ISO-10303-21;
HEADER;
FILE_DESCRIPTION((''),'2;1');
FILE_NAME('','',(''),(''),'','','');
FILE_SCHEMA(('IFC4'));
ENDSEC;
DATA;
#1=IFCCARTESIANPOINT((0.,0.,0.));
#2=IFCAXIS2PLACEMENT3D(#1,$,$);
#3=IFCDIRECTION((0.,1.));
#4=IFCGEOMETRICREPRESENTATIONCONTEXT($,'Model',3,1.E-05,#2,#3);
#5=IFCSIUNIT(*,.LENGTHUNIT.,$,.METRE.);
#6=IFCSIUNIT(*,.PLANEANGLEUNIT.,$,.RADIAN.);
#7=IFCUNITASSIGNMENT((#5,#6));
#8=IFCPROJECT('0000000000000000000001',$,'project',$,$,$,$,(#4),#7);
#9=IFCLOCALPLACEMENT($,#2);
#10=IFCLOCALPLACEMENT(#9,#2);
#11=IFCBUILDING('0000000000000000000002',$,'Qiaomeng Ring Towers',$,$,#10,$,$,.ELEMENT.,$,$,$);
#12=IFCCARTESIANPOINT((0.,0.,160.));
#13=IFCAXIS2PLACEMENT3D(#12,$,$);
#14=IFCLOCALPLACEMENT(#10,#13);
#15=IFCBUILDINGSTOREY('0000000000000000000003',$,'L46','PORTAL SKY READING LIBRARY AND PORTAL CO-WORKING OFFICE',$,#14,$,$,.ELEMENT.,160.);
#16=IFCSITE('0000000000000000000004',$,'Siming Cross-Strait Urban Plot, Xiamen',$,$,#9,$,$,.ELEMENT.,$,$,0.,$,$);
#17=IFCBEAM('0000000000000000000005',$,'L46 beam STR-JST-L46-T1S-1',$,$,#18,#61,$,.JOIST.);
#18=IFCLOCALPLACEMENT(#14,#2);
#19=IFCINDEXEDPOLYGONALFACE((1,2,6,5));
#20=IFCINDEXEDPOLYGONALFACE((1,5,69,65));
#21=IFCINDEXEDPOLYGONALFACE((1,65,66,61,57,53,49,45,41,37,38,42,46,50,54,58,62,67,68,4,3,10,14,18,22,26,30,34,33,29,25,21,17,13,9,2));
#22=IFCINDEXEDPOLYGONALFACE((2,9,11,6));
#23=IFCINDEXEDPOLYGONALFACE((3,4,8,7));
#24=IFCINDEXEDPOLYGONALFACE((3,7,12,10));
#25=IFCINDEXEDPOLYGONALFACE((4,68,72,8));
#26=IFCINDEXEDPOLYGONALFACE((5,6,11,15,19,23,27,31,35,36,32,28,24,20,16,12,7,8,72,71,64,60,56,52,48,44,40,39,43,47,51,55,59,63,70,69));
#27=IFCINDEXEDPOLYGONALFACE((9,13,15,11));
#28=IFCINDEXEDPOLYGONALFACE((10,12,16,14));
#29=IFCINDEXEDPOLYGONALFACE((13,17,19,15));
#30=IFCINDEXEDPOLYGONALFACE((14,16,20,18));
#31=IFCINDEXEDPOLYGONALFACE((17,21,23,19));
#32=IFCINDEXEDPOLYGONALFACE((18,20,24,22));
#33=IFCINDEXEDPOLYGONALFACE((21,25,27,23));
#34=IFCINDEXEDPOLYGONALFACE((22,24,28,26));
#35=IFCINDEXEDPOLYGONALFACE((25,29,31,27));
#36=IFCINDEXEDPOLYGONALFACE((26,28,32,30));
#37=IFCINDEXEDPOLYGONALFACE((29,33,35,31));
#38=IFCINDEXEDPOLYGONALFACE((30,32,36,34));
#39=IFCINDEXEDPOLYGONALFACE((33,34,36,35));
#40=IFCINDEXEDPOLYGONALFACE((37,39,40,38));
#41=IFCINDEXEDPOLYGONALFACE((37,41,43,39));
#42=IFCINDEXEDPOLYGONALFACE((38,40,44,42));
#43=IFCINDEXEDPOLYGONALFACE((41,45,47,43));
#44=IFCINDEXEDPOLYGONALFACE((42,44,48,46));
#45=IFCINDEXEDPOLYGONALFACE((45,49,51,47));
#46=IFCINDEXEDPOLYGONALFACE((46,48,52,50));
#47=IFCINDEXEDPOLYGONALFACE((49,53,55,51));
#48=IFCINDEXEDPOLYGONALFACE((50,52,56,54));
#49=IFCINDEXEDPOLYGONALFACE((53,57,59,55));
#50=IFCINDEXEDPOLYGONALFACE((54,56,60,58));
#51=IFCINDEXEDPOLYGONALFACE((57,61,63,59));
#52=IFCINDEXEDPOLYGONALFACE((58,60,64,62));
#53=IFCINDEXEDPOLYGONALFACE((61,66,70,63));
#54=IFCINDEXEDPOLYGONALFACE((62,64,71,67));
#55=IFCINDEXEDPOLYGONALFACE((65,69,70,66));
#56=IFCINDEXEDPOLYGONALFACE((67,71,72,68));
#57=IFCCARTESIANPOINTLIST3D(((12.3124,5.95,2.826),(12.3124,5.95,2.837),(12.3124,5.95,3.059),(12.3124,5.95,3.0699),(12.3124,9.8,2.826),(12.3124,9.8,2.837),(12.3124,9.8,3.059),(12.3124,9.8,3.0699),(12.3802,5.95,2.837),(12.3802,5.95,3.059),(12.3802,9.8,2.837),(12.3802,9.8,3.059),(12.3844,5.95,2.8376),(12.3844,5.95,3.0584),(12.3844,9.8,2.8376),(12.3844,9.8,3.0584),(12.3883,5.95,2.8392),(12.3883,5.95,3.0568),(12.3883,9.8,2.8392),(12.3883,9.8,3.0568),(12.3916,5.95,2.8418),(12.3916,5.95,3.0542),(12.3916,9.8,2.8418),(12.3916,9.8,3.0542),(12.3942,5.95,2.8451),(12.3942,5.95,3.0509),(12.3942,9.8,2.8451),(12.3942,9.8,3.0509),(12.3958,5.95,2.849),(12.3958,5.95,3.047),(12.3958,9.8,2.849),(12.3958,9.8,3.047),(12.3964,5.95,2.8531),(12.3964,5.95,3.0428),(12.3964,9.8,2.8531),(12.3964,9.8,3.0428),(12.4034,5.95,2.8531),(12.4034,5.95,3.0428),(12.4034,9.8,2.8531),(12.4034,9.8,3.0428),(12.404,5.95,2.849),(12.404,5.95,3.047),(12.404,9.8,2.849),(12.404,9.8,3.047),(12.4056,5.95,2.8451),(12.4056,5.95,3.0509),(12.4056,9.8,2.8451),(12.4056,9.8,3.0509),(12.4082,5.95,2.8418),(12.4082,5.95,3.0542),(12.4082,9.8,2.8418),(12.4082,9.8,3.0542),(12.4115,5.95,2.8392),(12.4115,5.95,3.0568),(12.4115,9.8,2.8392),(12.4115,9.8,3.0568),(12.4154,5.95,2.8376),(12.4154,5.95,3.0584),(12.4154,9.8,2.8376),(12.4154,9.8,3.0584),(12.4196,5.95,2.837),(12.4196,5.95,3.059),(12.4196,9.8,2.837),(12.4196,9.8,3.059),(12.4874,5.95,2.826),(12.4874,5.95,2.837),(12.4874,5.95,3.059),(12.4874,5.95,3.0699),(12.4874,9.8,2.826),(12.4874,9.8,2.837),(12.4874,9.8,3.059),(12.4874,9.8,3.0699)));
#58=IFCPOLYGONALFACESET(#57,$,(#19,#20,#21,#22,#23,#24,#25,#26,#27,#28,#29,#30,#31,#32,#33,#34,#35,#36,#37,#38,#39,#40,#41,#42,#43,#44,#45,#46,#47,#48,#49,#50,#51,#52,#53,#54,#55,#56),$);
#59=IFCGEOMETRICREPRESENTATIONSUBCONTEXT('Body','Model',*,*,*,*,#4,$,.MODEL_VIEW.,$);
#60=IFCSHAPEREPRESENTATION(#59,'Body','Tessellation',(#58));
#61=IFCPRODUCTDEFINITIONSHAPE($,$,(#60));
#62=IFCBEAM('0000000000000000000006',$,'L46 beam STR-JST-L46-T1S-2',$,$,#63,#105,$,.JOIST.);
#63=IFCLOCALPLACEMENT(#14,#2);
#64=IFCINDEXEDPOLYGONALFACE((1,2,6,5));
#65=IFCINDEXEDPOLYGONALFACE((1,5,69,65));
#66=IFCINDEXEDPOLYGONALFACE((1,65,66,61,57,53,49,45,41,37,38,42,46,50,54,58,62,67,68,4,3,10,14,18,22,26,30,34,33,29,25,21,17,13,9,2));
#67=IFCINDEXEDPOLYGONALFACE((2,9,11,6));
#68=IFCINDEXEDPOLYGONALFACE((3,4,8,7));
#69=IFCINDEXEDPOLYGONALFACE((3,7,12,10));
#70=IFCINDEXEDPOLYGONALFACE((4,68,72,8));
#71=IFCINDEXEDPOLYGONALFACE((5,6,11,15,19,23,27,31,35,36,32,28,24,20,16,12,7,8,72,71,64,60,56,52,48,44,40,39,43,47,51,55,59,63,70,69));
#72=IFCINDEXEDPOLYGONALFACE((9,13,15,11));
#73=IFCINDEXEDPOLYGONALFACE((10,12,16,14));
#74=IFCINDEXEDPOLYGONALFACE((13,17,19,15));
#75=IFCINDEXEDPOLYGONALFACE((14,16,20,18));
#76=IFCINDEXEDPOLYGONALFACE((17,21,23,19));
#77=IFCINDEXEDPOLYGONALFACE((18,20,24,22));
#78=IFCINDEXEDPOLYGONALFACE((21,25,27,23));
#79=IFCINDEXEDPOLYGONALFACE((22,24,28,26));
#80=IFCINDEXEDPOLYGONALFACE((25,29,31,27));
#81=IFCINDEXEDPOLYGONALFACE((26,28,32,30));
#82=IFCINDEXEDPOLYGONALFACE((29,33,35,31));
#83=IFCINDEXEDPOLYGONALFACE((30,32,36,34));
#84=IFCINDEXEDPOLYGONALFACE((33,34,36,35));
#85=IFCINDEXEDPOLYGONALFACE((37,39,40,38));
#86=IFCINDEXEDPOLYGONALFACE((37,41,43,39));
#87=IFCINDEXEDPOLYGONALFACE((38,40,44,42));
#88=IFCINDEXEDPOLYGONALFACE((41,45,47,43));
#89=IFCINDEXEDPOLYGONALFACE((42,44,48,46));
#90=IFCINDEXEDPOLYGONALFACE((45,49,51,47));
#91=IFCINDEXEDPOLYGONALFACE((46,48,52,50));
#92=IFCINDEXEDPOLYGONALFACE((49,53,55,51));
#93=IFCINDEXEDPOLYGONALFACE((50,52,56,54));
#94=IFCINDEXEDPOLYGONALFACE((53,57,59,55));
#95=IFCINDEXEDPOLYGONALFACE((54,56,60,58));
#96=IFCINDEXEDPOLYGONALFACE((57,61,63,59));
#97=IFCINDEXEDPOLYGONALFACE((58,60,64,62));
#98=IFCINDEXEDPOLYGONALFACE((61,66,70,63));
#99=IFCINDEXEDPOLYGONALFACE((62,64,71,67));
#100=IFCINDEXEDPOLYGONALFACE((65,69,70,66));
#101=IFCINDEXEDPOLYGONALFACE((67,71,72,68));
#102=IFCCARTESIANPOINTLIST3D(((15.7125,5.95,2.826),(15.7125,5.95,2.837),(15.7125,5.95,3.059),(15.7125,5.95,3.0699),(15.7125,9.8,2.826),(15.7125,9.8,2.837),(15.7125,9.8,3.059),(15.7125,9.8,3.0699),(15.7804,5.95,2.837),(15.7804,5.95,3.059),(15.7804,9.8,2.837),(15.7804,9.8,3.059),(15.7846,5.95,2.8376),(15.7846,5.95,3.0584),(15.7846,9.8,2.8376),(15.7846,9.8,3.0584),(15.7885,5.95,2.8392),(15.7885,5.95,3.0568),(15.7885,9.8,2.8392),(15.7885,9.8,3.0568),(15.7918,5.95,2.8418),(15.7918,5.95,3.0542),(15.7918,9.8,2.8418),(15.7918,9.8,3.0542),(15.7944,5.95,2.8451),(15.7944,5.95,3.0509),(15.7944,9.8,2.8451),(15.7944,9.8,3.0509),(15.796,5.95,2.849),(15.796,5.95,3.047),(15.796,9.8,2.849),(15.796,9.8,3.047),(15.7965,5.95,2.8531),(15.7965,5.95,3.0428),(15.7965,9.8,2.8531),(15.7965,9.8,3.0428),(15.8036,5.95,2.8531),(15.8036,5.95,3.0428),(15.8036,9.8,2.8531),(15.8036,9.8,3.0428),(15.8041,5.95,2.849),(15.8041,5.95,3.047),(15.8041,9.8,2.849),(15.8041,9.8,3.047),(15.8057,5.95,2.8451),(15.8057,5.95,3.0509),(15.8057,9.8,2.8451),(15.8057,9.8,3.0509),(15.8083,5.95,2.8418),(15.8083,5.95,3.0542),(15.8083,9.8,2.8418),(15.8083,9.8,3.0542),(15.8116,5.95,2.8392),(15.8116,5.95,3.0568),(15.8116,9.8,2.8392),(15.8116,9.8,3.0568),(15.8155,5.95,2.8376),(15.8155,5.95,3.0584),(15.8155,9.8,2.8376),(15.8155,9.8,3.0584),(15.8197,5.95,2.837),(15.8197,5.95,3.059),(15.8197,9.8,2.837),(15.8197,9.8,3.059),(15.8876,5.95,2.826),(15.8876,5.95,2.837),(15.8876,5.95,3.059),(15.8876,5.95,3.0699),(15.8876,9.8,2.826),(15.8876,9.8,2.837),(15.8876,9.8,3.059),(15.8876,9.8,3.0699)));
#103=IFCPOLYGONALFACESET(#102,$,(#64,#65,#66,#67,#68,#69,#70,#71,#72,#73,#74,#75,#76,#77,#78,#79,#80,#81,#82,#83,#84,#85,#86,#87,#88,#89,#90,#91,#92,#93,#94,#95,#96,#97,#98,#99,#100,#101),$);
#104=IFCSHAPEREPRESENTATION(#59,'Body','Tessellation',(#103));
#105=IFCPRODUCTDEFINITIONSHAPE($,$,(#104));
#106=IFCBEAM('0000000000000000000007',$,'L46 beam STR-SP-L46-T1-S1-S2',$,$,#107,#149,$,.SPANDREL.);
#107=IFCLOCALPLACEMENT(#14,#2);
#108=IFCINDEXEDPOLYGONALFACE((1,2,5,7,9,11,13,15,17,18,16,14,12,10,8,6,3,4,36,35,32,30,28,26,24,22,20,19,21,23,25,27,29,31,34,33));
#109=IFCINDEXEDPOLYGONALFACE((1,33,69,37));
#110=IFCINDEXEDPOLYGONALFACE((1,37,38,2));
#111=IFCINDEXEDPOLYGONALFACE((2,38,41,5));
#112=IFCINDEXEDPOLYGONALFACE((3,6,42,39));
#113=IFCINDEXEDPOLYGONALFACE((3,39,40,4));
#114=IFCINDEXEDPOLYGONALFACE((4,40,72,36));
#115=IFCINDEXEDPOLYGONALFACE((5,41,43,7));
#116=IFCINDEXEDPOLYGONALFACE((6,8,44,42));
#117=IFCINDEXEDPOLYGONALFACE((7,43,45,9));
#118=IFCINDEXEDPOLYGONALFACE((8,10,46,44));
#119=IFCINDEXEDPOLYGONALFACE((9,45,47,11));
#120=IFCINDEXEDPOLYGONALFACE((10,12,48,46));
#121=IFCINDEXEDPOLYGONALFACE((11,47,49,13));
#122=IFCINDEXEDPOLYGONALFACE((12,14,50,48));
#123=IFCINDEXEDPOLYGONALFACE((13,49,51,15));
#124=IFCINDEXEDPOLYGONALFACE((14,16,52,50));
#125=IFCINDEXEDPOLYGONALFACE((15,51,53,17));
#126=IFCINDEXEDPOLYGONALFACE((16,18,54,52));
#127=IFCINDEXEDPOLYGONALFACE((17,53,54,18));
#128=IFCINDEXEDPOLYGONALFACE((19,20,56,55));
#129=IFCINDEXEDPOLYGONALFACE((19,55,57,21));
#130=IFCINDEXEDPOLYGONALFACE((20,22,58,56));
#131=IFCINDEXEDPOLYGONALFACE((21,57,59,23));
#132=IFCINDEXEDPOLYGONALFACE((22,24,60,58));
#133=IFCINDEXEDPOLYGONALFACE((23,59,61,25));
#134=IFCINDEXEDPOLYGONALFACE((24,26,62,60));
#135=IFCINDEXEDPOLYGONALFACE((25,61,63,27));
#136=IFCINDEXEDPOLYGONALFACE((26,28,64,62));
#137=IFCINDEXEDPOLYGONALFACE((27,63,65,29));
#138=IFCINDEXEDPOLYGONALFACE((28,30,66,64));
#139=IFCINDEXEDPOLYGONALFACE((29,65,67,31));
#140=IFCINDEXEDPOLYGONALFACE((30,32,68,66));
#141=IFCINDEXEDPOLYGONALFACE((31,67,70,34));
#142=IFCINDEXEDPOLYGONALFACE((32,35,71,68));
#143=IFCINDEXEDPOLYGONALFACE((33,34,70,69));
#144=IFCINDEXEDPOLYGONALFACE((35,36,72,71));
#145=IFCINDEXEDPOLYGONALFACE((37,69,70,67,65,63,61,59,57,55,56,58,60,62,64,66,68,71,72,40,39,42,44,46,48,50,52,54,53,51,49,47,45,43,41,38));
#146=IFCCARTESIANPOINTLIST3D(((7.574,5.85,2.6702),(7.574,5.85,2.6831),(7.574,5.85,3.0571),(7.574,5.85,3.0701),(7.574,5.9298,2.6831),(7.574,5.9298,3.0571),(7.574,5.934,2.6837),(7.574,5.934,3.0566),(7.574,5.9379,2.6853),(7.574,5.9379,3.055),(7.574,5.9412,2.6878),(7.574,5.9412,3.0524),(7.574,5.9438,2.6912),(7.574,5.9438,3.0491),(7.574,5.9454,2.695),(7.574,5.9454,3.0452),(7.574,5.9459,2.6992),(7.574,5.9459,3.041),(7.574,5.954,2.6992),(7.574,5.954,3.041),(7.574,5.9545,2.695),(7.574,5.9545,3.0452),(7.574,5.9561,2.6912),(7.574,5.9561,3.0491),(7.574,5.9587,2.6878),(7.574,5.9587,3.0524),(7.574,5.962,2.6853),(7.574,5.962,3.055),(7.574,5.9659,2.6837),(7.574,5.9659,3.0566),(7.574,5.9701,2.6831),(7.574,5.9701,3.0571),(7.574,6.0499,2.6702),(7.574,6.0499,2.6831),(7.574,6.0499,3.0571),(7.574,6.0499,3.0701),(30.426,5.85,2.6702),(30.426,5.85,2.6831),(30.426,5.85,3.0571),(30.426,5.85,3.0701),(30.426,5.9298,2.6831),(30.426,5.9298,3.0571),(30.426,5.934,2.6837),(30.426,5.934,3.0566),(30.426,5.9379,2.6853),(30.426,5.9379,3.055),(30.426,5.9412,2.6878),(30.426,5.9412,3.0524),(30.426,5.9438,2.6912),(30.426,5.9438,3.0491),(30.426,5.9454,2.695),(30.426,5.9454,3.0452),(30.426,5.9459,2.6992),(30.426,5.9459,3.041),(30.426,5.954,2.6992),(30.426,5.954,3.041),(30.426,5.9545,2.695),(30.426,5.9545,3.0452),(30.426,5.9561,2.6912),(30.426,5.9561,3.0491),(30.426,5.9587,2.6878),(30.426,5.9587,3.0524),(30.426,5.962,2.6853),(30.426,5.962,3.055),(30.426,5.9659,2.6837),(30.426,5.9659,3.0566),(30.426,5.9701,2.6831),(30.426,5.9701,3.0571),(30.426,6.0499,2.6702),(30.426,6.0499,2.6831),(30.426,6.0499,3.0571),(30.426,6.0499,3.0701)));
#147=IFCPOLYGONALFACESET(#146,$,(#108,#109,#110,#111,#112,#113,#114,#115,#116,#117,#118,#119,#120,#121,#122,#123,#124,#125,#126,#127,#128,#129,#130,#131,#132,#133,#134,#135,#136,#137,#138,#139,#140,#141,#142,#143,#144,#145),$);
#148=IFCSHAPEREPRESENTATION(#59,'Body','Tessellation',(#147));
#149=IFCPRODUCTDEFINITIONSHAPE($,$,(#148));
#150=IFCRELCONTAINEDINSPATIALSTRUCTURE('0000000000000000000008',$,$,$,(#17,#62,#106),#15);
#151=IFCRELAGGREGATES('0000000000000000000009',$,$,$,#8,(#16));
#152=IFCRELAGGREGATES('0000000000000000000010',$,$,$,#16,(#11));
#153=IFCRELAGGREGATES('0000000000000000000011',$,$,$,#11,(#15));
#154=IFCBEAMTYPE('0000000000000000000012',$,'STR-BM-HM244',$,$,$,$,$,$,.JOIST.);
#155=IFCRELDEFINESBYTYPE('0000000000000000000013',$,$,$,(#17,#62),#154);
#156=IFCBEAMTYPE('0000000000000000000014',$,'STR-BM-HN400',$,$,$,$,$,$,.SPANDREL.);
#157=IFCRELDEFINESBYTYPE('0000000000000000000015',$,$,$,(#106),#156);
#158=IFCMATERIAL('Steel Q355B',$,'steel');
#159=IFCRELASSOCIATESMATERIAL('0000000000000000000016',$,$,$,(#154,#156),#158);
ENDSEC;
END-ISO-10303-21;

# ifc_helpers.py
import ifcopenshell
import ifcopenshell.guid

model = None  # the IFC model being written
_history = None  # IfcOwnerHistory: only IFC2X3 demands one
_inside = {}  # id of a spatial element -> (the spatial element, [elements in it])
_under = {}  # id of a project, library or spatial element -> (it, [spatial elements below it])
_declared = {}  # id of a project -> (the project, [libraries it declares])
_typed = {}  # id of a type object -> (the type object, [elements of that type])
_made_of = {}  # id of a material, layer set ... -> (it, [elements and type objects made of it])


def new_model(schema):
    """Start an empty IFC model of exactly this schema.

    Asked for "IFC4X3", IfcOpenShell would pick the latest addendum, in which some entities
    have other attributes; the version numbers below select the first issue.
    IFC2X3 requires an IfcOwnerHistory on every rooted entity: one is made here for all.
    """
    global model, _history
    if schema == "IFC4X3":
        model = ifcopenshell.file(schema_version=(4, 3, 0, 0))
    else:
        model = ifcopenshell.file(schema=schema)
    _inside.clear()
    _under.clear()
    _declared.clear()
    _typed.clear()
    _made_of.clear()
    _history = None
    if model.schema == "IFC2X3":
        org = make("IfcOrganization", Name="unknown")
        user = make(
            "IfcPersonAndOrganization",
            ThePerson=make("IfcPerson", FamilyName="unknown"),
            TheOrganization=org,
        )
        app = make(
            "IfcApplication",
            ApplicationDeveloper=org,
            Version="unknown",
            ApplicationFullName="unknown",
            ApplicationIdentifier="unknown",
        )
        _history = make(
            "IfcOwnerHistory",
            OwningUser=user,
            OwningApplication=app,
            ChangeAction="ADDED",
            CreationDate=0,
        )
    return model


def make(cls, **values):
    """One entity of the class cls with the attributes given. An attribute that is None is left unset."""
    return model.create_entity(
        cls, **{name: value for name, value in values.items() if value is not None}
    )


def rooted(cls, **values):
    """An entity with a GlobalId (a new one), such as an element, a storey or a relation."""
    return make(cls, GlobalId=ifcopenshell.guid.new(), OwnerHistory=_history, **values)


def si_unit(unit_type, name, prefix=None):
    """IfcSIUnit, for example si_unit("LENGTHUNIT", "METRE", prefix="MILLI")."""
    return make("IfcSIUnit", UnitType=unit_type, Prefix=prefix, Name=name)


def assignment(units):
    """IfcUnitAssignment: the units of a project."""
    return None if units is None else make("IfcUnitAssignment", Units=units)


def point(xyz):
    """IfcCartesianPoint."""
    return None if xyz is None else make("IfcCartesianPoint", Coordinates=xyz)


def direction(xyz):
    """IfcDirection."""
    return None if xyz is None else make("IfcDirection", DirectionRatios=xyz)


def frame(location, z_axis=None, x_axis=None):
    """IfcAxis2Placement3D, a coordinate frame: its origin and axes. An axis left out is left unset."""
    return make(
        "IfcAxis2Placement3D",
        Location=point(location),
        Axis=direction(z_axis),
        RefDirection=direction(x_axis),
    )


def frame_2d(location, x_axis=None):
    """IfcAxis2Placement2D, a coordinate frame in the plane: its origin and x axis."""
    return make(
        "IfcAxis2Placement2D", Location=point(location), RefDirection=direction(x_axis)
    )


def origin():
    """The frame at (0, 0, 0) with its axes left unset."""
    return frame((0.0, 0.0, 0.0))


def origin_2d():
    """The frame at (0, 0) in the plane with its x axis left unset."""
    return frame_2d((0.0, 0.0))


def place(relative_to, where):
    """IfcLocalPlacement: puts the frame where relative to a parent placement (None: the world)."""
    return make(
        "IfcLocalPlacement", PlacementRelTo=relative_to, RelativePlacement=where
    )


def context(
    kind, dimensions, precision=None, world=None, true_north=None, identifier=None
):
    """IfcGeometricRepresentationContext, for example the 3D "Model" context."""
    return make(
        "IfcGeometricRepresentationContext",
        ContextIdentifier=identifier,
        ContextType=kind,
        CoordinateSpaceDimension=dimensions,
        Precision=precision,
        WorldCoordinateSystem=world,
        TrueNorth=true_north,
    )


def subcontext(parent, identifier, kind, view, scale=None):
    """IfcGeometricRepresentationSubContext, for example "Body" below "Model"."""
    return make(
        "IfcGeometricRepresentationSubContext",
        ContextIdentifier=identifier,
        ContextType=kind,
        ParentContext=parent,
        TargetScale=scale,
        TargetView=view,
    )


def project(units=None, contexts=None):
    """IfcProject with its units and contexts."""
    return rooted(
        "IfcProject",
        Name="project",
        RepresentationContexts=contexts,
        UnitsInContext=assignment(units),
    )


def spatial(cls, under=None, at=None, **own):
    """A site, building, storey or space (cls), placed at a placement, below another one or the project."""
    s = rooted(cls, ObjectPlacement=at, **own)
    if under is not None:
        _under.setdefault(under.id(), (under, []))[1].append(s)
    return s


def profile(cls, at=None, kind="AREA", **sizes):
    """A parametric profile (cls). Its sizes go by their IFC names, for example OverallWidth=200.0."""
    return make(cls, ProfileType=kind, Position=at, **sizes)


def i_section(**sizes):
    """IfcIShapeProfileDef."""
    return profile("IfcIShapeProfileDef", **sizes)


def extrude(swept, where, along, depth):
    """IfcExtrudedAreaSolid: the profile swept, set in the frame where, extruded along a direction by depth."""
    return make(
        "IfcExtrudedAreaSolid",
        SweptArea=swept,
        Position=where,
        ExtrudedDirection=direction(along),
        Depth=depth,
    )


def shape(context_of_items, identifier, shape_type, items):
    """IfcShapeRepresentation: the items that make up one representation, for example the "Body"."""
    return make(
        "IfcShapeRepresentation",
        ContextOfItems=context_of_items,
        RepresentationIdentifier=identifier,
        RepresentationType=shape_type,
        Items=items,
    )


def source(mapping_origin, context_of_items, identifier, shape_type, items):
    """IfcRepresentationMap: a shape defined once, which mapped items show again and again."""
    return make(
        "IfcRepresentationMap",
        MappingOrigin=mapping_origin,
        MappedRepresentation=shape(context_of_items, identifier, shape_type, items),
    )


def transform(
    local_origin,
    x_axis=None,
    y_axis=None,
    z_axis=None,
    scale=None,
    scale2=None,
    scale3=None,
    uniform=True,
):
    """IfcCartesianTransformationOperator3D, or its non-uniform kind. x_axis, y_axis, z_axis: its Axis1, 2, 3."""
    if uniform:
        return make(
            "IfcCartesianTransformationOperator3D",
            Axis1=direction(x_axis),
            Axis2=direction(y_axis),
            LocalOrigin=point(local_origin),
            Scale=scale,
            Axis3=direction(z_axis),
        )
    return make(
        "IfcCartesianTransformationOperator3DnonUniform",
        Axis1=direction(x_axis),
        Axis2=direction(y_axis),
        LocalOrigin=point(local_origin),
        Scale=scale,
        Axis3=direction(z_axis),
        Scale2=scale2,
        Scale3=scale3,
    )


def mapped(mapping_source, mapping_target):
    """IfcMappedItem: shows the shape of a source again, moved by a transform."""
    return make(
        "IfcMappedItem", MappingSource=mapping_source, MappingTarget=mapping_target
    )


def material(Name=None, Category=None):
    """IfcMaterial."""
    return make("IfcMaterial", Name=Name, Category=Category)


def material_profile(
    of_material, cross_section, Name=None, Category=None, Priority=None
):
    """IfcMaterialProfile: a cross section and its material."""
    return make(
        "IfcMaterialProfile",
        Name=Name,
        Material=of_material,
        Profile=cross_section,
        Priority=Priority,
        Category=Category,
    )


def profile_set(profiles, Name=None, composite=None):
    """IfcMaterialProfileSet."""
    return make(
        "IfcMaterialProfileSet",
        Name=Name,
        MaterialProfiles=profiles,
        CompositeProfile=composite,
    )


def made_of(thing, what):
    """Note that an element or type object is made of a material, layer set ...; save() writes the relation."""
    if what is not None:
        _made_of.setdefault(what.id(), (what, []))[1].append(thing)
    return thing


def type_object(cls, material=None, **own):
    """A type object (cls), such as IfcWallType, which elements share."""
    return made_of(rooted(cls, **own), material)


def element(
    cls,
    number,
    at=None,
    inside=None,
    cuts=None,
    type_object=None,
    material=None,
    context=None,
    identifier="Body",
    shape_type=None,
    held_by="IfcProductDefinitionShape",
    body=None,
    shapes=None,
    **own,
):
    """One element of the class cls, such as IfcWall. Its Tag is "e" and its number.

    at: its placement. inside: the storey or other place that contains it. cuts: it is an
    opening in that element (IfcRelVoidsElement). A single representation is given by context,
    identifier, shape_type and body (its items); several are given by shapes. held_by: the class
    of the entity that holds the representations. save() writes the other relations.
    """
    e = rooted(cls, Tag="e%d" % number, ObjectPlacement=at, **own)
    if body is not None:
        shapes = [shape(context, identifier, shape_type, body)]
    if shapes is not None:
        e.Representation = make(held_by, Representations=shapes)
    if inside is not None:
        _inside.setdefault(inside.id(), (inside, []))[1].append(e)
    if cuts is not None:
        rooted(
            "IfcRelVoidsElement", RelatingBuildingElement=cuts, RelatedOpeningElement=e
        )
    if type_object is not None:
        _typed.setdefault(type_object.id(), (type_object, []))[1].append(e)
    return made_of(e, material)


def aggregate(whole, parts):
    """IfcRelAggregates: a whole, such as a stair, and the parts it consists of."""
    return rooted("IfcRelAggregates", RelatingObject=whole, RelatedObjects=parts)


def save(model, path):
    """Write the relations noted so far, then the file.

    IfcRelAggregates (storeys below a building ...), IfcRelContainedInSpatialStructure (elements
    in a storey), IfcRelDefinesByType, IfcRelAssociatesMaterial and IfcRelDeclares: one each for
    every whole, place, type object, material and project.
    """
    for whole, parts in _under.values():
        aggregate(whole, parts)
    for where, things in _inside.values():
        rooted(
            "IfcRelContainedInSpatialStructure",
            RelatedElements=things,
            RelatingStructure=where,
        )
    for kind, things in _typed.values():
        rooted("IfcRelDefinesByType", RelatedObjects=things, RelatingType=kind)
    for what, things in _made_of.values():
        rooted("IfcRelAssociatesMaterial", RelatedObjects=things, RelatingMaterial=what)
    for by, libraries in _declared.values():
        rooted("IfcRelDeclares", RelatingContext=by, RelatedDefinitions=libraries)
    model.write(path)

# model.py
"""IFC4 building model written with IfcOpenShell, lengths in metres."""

from ifc_helpers import new_model, si_unit, direction, frame, origin, origin_2d, place, context, subcontext, project, spatial, i_section, extrude, source, transform, mapped, material, material_profile, profile_set, type_object, element, save


model = new_model("IFC4")

# Units and contexts
model_context = context("Model", 3, precision=1e-05, world=origin(), true_north=direction((0.0, 1.0)))
body_context = subcontext(model_context, "Body", "Model", "MODEL_VIEW")
ifc_project = project(units=[si_unit("LENGTHUNIT", "METRE"), si_unit("PLANEANGLEUNIT", "RADIAN")], contexts=[model_context])

# Site, building, storey
site_placement = place(None, origin())
site = spatial("IfcSite", under=ifc_project, at=site_placement, Name="Siming Cross-Strait Urban Plot, Xiamen", CompositionType="ELEMENT", RefElevation=0.0)
building_placement = place(site_placement, origin())
building = spatial("IfcBuilding", under=site, at=building_placement, Name="Qiaomeng Ring Towers", CompositionType="ELEMENT")
storey_placement = place(building_placement, frame((0.0, 0.0, 160.0)))
storey = spatial("IfcBuildingStorey", under=building, at=storey_placement, Name="L46", Description="PORTAL SKY READING LIBRARY AND PORTAL CO-WORKING OFFICE", CompositionType="ELEMENT", Elevation=160.0)

# Beams
ifc_material_1 = material(Name="Steel Q355B", Category="steel")
ifc_material_profile_1 = material_profile(ifc_material_1, i_section(OverallWidth=0.175, OverallDepth=0.2439, WebThickness=0.0071, FlangeThickness=0.011, FilletRadius=0.0161, at=origin_2d()), Name="HM 244x175x7x11")
ifc_profile_set_1 = profile_set([ifc_material_profile_1], Name="Steel Q355B")
beam_type_1 = type_object("IfcBeamType", Name="STR-BM-HM244", PredefinedType="JOIST", material=ifc_profile_set_1)
shared_shape_1 = source(origin(), body_context, "Body", "SweptSolid", [
    extrude(i_section(OverallWidth=0.175, OverallDepth=0.2439, WebThickness=0.0071, FlangeThickness=0.011, FilletRadius=0.0161, at=origin_2d()), origin(), (0.0, 0.0, 1.0), 3.8501),
])
for number, where, z_axis, x_axis, name in (
    (1, (12.3999, 5.95, 2.948), (0.0, 1.0, 0.0), (-1.0, 0.0, 0.0), "L46 beam STR-JST-L46-T1S-1"),
    (2, (15.8, 5.95, 2.948), (0.0, 1.0, 0.0), (-1.0, 0.0, 0.0), "L46 beam STR-JST-L46-T1S-2"),
):
    element("IfcBeam", number, at=place(storey_placement, frame(where, z_axis=z_axis, x_axis=x_axis)), inside=storey, type_object=beam_type_1, Name=name, PredefinedType="JOIST", context=body_context, shape_type="MappedRepresentation", body=[
        mapped(shared_shape_1, transform((0.0, 0.0, 0.0), x_axis=(1.0, 0.0, 0.0), y_axis=(0.0, 1.0, 0.0), z_axis=(0.0, 0.0, 1.0), scale=1.0)),
    ])
ifc_material_profile_2 = material_profile(ifc_material_1, i_section(OverallWidth=0.2, OverallDepth=0.3999, WebThickness=0.0081, FlangeThickness=0.0129, FilletRadius=0.0161, at=origin_2d()), Name="HN 400x200x8x13")
ifc_profile_set_2 = profile_set([ifc_material_profile_2], Name="Steel Q355B")
beam_type_2 = type_object("IfcBeamType", Name="STR-BM-HN400", PredefinedType="SPANDREL", material=ifc_profile_set_2)
shared_shape_2 = source(origin(), body_context, "Body", "SweptSolid", [
    extrude(i_section(OverallWidth=0.2, OverallDepth=0.3999, WebThickness=0.0081, FlangeThickness=0.0129, FilletRadius=0.0161, at=origin_2d()), origin(), (0.0, 0.0, 1.0), 22.8521),
])
beam_placement = place(storey_placement, frame((7.574, 5.95, 2.8701), z_axis=(1.0, 0.0, 0.0), x_axis=(0.0, 1.0, 0.0)))
element("IfcBeam", 3, at=beam_placement, inside=storey, type_object=beam_type_2, Name="L46 beam STR-SP-L46-T1-S1-S2", PredefinedType="SPANDREL", context=body_context, shape_type="MappedRepresentation", body=[
    mapped(shared_shape_2, transform((0.0, 0.0, 0.0), x_axis=(1.0, 0.0, 0.0), y_axis=(0.0, 1.0, 0.0), z_axis=(0.0, 0.0, 1.0), scale=1.0)),
])

save(model, "model.ifc")
